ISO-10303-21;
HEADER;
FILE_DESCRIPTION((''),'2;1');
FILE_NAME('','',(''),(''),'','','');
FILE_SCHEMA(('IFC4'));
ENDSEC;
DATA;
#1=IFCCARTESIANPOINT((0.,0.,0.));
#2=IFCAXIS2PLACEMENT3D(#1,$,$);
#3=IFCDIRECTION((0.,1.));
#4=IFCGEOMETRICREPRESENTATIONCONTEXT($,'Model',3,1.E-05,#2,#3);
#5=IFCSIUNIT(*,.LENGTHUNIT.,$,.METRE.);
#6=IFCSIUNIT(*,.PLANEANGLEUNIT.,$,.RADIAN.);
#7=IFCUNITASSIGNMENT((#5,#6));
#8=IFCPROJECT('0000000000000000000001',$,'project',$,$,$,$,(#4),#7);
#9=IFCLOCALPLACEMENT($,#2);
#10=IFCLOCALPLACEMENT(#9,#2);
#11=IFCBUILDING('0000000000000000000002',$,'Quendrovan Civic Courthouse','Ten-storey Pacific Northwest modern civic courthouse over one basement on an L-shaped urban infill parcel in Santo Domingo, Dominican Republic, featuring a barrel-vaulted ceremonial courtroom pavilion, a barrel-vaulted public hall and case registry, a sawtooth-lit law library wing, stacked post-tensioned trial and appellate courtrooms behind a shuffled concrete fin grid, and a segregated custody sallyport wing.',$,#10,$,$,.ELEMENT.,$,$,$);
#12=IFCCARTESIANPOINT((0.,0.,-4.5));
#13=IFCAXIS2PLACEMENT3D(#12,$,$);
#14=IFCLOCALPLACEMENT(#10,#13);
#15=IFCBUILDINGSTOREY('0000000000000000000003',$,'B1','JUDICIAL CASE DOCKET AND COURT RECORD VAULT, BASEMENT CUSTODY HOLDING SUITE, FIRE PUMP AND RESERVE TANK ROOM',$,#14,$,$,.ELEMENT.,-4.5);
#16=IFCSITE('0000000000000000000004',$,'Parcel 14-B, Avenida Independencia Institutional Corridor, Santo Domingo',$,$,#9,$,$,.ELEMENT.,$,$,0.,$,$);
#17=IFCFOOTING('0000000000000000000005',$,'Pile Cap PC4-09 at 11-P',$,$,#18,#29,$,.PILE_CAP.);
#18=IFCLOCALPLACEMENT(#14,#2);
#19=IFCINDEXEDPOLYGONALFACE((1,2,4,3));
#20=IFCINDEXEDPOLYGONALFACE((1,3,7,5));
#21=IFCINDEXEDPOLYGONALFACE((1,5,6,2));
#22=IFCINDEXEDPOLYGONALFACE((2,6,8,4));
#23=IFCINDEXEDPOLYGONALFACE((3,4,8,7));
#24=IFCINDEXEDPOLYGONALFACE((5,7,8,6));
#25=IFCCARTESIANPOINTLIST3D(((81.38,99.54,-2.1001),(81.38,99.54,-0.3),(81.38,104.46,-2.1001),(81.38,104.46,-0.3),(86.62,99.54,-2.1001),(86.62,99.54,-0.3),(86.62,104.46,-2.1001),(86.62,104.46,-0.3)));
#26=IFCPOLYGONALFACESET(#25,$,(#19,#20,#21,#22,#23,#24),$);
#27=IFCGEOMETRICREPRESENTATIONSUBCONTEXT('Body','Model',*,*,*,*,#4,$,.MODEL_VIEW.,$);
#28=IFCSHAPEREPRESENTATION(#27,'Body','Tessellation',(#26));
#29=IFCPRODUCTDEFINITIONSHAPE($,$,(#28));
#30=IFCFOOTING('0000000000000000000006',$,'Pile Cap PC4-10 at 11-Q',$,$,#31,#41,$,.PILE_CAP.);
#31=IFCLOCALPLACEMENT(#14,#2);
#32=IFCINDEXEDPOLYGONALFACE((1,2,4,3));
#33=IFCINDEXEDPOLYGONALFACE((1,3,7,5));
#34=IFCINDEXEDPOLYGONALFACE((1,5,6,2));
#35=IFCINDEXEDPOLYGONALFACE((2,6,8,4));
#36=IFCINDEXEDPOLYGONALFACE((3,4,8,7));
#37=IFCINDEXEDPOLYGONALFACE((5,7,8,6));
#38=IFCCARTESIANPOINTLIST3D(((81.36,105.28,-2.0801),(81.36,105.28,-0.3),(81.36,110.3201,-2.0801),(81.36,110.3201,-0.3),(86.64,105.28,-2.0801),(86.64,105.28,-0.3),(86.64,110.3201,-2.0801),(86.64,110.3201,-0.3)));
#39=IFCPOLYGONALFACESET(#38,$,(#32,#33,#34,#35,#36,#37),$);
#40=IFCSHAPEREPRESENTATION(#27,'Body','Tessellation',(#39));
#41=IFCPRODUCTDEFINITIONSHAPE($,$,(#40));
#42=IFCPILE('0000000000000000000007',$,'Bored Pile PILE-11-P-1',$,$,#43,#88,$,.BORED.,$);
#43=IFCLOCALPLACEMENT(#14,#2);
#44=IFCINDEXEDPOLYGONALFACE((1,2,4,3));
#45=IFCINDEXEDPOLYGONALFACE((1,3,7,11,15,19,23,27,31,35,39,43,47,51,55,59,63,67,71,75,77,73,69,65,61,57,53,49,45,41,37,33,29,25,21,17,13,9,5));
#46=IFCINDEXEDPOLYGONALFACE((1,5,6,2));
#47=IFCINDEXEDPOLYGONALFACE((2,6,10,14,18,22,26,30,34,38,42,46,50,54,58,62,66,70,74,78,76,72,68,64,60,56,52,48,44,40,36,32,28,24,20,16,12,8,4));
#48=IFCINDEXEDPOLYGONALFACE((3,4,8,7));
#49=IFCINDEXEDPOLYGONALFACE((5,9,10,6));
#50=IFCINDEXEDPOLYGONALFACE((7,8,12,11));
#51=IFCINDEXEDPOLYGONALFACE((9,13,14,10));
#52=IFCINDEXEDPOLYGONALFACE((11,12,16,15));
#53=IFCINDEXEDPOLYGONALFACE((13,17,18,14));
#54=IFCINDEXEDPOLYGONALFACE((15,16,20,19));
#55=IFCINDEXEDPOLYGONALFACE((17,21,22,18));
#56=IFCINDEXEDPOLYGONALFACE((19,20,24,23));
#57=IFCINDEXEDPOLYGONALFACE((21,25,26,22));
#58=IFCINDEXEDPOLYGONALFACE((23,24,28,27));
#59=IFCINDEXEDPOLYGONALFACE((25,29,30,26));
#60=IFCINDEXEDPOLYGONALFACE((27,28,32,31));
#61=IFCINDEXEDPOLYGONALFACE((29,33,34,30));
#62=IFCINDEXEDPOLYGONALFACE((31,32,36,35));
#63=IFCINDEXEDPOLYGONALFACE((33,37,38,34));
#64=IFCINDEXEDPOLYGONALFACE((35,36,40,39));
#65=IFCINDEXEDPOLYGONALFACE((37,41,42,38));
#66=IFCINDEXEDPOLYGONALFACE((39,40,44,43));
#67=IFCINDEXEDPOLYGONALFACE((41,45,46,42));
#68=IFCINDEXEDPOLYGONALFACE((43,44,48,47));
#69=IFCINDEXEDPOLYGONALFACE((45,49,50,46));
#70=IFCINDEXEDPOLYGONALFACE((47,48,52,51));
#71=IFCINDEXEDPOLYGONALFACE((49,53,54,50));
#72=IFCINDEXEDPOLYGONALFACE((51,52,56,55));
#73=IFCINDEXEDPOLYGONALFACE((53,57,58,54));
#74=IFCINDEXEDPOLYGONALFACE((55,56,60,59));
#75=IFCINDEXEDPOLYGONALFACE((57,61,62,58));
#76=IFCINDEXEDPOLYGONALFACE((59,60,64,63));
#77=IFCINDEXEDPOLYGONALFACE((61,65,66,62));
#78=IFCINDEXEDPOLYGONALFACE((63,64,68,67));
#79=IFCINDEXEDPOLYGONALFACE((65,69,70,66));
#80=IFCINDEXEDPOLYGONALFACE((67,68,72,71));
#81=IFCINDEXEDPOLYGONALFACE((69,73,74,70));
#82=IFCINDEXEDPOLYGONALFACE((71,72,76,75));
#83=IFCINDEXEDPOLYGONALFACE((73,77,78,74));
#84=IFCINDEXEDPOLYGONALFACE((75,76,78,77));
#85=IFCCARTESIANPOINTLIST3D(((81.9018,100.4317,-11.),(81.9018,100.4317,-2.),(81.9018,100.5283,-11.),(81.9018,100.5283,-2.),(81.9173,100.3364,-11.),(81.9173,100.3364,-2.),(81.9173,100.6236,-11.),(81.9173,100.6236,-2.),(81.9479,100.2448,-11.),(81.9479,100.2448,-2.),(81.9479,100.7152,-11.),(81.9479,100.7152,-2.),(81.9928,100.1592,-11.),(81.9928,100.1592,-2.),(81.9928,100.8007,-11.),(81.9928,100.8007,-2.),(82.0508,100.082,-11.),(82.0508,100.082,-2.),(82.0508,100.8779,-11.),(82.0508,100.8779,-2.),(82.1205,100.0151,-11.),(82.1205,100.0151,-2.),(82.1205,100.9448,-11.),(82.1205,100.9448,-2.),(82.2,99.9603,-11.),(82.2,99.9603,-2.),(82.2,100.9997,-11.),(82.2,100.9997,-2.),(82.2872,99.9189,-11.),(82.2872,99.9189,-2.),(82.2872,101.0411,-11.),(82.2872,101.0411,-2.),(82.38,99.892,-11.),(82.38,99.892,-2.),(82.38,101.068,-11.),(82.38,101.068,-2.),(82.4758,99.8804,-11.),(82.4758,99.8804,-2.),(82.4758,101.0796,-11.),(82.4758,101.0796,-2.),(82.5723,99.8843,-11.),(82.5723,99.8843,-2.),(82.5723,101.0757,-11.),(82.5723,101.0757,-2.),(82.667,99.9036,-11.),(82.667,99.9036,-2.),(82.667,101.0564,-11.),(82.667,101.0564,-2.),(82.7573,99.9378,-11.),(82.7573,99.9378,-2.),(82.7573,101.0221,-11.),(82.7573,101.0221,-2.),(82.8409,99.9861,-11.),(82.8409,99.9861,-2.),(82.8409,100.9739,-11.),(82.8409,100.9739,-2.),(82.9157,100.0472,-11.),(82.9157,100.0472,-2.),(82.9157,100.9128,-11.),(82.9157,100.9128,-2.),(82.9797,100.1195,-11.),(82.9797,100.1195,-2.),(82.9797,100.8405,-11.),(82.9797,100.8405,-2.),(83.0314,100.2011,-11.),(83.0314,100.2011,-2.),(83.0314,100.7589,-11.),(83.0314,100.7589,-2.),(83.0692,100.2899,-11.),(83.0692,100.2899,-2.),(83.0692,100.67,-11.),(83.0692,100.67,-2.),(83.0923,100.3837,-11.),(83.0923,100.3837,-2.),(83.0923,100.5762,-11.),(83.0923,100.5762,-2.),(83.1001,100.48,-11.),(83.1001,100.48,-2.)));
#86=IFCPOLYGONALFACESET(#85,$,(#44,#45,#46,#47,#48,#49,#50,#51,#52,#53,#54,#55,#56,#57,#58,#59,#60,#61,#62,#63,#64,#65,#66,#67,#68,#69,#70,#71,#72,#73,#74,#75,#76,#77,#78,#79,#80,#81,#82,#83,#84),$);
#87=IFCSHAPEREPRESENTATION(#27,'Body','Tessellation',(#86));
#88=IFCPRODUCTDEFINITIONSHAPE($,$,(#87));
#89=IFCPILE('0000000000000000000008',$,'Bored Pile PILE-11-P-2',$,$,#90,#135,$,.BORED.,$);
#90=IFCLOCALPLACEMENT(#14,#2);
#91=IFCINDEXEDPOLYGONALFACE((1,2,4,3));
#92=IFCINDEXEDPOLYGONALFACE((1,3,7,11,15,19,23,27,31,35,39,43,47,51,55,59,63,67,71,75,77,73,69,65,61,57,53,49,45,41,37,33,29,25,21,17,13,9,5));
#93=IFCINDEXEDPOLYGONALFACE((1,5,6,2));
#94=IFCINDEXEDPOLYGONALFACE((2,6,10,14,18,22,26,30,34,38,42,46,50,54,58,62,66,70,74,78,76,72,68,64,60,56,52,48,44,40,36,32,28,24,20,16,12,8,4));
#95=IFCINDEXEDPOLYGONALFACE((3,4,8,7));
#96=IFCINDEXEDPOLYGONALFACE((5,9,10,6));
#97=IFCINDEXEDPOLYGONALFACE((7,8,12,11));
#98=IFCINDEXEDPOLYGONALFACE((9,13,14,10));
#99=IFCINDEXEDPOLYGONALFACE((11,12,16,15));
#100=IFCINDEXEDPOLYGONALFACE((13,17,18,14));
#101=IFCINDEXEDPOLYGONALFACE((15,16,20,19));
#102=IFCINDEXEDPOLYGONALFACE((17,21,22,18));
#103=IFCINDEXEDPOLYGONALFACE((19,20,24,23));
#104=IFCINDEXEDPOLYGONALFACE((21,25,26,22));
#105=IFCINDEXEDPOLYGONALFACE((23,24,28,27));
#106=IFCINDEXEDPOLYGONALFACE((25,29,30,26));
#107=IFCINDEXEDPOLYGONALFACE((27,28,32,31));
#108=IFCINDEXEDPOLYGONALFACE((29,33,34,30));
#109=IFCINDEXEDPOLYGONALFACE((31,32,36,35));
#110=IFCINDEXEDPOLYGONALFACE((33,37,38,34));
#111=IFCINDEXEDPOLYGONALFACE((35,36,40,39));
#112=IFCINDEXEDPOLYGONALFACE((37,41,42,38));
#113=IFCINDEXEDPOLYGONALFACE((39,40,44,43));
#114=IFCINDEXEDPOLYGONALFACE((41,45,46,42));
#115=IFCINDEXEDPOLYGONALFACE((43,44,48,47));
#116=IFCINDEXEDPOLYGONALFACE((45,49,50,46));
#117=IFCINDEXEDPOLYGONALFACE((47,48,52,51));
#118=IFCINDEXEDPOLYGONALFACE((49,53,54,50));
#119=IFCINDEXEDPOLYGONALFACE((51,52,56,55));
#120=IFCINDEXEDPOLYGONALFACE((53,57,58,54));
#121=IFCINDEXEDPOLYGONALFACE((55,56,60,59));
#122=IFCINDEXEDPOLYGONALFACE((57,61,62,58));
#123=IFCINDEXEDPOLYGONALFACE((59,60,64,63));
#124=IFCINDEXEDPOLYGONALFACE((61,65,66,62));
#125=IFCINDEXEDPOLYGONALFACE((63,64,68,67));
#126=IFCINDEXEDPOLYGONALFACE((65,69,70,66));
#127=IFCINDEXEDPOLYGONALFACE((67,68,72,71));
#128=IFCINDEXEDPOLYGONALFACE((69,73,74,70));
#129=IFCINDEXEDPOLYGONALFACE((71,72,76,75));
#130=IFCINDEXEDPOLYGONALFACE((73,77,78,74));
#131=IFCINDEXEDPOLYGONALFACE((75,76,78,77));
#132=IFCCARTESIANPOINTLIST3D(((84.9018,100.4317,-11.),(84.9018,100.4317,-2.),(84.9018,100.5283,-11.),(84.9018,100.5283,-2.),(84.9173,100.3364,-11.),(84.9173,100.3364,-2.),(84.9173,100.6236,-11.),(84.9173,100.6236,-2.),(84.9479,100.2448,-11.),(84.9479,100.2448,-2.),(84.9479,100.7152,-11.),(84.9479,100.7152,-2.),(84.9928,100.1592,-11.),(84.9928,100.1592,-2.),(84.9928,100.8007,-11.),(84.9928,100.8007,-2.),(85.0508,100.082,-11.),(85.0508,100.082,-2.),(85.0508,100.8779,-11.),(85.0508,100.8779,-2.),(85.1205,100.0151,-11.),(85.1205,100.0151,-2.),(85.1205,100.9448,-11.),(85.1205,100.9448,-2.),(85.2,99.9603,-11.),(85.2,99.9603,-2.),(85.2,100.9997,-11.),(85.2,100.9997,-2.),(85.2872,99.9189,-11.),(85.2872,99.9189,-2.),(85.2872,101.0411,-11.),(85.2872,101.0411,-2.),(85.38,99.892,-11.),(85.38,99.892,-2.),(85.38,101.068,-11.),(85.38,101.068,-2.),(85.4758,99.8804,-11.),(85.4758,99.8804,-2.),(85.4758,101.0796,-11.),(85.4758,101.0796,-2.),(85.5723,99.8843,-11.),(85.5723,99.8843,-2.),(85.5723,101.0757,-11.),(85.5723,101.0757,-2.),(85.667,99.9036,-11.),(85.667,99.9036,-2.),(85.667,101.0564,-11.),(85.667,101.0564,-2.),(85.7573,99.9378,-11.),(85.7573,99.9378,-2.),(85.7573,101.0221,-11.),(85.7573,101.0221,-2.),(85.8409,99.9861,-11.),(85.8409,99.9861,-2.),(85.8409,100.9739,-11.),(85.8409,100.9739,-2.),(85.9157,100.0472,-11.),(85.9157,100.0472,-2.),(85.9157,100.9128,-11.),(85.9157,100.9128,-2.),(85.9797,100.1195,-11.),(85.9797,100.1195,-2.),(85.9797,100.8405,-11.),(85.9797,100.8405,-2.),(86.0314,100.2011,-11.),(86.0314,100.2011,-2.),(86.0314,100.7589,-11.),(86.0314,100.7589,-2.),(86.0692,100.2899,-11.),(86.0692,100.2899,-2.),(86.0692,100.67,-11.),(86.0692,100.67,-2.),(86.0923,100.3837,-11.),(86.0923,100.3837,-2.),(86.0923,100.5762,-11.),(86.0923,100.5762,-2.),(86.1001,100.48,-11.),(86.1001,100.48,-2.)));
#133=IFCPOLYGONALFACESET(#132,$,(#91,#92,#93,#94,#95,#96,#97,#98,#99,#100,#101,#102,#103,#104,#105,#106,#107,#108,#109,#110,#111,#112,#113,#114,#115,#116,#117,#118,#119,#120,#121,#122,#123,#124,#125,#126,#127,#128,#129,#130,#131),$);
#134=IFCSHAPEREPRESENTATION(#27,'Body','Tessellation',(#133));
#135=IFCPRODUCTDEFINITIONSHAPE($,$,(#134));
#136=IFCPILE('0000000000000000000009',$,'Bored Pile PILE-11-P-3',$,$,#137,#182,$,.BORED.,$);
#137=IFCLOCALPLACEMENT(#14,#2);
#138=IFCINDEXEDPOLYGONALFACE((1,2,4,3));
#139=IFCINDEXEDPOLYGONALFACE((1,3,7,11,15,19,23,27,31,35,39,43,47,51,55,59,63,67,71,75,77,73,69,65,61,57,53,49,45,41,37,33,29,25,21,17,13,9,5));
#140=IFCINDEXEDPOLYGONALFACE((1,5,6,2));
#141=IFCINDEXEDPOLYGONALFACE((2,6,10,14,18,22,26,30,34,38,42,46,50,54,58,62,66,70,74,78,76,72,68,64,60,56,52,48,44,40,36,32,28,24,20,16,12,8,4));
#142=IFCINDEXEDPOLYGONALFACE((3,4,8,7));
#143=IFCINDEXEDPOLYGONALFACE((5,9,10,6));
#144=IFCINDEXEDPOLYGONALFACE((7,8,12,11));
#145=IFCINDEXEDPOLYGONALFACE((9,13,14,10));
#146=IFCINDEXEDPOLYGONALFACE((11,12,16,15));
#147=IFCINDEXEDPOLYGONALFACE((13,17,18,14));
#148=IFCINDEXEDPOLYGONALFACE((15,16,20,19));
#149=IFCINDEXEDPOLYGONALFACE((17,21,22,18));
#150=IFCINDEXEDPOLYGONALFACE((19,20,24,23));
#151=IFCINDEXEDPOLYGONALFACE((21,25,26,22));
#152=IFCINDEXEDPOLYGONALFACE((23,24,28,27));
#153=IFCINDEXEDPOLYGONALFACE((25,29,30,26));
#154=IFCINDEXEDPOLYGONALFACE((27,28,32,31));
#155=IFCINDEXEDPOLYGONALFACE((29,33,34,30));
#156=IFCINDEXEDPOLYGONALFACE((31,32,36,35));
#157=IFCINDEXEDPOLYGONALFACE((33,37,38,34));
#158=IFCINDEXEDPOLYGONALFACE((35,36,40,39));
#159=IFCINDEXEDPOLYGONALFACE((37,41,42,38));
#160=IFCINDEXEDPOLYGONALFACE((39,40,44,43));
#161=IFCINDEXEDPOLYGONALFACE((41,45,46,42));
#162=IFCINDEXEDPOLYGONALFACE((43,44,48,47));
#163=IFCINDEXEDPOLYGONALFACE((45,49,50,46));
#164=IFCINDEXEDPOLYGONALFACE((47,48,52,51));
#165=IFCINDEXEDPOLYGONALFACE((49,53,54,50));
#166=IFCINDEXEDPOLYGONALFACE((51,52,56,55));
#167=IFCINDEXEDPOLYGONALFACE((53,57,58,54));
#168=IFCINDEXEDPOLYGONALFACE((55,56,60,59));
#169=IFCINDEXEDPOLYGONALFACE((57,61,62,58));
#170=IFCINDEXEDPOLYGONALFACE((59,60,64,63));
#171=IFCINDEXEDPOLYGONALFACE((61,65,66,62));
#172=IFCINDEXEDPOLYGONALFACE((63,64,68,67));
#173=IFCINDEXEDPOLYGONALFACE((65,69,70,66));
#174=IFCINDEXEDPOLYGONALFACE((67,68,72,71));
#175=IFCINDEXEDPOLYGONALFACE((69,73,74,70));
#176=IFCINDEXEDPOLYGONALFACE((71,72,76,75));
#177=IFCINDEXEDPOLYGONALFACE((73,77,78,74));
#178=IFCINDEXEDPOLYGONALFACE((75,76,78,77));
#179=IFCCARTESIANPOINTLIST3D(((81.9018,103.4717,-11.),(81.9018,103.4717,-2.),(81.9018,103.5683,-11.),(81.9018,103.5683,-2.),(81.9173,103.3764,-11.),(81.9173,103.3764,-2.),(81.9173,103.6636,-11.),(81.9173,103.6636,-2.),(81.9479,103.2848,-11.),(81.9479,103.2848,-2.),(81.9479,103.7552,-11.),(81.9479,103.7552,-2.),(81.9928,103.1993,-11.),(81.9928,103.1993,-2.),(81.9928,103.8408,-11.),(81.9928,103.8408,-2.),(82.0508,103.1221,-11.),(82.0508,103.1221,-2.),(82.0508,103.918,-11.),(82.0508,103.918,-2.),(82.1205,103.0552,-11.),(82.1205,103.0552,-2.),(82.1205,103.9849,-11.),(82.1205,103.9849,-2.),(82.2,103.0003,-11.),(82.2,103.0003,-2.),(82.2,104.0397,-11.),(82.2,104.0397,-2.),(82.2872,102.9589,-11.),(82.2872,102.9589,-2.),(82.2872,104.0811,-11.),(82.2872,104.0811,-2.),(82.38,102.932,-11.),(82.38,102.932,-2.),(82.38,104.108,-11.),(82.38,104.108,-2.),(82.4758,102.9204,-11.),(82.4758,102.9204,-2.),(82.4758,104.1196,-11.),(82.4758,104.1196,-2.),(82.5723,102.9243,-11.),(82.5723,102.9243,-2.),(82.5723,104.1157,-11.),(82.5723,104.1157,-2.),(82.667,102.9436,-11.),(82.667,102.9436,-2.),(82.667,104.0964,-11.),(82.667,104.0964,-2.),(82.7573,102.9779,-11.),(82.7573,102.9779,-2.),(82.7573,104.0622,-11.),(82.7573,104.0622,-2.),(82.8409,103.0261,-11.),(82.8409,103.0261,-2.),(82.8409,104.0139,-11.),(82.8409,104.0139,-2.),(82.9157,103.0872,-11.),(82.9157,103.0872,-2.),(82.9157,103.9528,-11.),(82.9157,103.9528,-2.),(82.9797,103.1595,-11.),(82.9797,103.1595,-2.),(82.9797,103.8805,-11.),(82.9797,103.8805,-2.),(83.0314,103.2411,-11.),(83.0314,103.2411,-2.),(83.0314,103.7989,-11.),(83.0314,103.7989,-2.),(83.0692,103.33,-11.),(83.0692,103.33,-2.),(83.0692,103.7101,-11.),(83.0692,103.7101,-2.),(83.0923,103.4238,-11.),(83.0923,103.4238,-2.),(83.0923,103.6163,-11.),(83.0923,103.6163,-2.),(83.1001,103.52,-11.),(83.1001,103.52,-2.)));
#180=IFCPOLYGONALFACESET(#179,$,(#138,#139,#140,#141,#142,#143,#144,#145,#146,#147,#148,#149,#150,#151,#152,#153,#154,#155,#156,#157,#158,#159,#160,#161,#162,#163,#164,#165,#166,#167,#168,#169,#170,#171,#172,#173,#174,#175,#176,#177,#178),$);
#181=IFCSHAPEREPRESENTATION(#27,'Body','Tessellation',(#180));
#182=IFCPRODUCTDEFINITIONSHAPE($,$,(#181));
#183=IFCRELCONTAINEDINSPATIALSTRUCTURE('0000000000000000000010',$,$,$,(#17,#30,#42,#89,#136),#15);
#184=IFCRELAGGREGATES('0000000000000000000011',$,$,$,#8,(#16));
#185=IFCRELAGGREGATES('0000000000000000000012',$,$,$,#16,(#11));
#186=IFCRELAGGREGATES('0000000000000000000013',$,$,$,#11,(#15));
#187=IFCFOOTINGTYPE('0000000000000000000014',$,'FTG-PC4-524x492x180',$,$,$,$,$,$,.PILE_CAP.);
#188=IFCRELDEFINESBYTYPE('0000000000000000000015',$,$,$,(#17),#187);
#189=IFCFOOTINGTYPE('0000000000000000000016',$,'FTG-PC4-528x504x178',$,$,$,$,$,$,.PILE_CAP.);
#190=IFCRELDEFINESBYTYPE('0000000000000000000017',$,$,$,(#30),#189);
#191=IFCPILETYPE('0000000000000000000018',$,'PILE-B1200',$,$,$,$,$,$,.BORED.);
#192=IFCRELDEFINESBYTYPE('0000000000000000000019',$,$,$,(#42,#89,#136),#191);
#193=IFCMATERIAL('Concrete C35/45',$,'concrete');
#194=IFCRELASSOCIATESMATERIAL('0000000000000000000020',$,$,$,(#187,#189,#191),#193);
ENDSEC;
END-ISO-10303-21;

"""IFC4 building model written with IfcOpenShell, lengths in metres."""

from ifc_helpers import new_model, si_unit, direction, frame, origin, origin_2d, place, context, subcontext, project, spatial, rectangle, circle, extrude, material, material_profile, profile_set, type_object, element, save


model = new_model("IFC4")

# Units and contexts
model_context = context("Model", 3, precision=1e-05, world=origin(), true_north=direction((0.0, 1.0)))
body_context = subcontext(model_context, "Body", "Model", "MODEL_VIEW")
ifc_project = project(units=[si_unit("LENGTHUNIT", "METRE"), si_unit("PLANEANGLEUNIT", "RADIAN")], contexts=[model_context])

# Site, building, storey
site_placement = place(None, origin())
site = spatial("IfcSite", under=ifc_project, at=site_placement, Name="Parcel 14-B, Avenida Independencia Institutional Corridor, Santo Domingo", CompositionType="ELEMENT", RefElevation=0.0)
building_placement = place(site_placement, origin())
building = spatial("IfcBuilding", under=site, at=building_placement, Name="Quendrovan Civic Courthouse", Description="Ten-storey Pacific Northwest modern civic courthouse over one basement on an L-shaped urban infill parcel in Santo Domingo, Dominican Republic, featuring a barrel-vaulted ceremonial courtroom pavilion, a barrel-vaulted public hall and case registry, a sawtooth-lit law library wing, stacked post-tensioned trial and appellate courtrooms behind a shuffled concrete fin grid, and a segregated custody sallyport wing.", CompositionType="ELEMENT")
storey_placement = place(building_placement, frame((0.0, 0.0, -4.5)))
storey = spatial("IfcBuildingStorey", under=building, at=storey_placement, Name="B1", Description="JUDICIAL CASE DOCKET AND COURT RECORD VAULT, BASEMENT CUSTODY HOLDING SUITE, FIRE PUMP AND RESERVE TANK ROOM", CompositionType="ELEMENT", Elevation=-4.5)

# Footings
ifc_material_1 = material(Name="Concrete C35/45", Category="concrete")
footing_type_1 = type_object("IfcFootingType", Name="FTG-PC4-524x492x180", PredefinedType="PILE_CAP", material=ifc_material_1)
footing_1_placement = place(storey_placement, frame((84.0, 102.0, -2.1001), z_axis=(0.0, 0.0, 1.0), x_axis=(1.0, 0.0, 0.0)))
element("IfcFooting", 1, at=footing_1_placement, inside=storey, type_object=footing_type_1, Name="Pile Cap PC4-09 at 11-P", PredefinedType="PILE_CAP", context=body_context, shape_type="SweptSolid", body=[
    extrude(rectangle(XDim=5.24, YDim=4.9199, at=origin_2d()), origin(), (0.0, 0.0, 1.0), 1.8),
])
footing_type_2 = type_object("IfcFootingType", Name="FTG-PC4-528x504x178", PredefinedType="PILE_CAP", material=ifc_material_1)
footing_2_placement = place(storey_placement, frame((84.0, 107.8, -2.0801), z_axis=(0.0, 0.0, 1.0), x_axis=(1.0, 0.0, 0.0)))
element("IfcFooting", 2, at=footing_2_placement, inside=storey, type_object=footing_type_2, Name="Pile Cap PC4-10 at 11-Q", PredefinedType="PILE_CAP", context=body_context, shape_type="SweptSolid", body=[
    extrude(rectangle(XDim=5.28, YDim=5.04, at=origin_2d()), origin(), (0.0, 0.0, 1.0), 1.78),
])

# Piles
ifc_material_profile_1 = material_profile(ifc_material_1, circle(Radius=0.6001, at=origin_2d()), Name="PILE-D1200")
ifc_profile_set_1 = profile_set([ifc_material_profile_1], Name="Concrete C35/45")
pile_type = type_object("IfcPileType", Name="PILE-B1200", PredefinedType="BORED", material=ifc_profile_set_1)
for number, where, z_axis, x_axis, name in (
    (3, (82.5, 100.48, -2.0), (0.0, 0.0, -1.0), (1.0, 0.0, 0.0), "Bored Pile PILE-11-P-1"),
    (4, (85.5, 100.48, -2.0), (0.0, 0.0, -1.0), (1.0, 0.0, 0.0), "Bored Pile PILE-11-P-2"),
    (5, (82.5, 103.52, -2.0), (0.0, 0.0, -1.0), (1.0, 0.0, 0.0), "Bored Pile PILE-11-P-3"),
):
    element("IfcPile", number, at=place(storey_placement, frame(where, z_axis=z_axis, x_axis=x_axis)), inside=storey, type_object=pile_type, Name=name, PredefinedType="BORED", context=body_context, shape_type="SweptSolid", body=[
        extrude(circle(Radius=0.6001, at=origin_2d()), origin(), (0.0, 0.0, 1.0), 9.0),
    ])

save(model, "model.ifc")
